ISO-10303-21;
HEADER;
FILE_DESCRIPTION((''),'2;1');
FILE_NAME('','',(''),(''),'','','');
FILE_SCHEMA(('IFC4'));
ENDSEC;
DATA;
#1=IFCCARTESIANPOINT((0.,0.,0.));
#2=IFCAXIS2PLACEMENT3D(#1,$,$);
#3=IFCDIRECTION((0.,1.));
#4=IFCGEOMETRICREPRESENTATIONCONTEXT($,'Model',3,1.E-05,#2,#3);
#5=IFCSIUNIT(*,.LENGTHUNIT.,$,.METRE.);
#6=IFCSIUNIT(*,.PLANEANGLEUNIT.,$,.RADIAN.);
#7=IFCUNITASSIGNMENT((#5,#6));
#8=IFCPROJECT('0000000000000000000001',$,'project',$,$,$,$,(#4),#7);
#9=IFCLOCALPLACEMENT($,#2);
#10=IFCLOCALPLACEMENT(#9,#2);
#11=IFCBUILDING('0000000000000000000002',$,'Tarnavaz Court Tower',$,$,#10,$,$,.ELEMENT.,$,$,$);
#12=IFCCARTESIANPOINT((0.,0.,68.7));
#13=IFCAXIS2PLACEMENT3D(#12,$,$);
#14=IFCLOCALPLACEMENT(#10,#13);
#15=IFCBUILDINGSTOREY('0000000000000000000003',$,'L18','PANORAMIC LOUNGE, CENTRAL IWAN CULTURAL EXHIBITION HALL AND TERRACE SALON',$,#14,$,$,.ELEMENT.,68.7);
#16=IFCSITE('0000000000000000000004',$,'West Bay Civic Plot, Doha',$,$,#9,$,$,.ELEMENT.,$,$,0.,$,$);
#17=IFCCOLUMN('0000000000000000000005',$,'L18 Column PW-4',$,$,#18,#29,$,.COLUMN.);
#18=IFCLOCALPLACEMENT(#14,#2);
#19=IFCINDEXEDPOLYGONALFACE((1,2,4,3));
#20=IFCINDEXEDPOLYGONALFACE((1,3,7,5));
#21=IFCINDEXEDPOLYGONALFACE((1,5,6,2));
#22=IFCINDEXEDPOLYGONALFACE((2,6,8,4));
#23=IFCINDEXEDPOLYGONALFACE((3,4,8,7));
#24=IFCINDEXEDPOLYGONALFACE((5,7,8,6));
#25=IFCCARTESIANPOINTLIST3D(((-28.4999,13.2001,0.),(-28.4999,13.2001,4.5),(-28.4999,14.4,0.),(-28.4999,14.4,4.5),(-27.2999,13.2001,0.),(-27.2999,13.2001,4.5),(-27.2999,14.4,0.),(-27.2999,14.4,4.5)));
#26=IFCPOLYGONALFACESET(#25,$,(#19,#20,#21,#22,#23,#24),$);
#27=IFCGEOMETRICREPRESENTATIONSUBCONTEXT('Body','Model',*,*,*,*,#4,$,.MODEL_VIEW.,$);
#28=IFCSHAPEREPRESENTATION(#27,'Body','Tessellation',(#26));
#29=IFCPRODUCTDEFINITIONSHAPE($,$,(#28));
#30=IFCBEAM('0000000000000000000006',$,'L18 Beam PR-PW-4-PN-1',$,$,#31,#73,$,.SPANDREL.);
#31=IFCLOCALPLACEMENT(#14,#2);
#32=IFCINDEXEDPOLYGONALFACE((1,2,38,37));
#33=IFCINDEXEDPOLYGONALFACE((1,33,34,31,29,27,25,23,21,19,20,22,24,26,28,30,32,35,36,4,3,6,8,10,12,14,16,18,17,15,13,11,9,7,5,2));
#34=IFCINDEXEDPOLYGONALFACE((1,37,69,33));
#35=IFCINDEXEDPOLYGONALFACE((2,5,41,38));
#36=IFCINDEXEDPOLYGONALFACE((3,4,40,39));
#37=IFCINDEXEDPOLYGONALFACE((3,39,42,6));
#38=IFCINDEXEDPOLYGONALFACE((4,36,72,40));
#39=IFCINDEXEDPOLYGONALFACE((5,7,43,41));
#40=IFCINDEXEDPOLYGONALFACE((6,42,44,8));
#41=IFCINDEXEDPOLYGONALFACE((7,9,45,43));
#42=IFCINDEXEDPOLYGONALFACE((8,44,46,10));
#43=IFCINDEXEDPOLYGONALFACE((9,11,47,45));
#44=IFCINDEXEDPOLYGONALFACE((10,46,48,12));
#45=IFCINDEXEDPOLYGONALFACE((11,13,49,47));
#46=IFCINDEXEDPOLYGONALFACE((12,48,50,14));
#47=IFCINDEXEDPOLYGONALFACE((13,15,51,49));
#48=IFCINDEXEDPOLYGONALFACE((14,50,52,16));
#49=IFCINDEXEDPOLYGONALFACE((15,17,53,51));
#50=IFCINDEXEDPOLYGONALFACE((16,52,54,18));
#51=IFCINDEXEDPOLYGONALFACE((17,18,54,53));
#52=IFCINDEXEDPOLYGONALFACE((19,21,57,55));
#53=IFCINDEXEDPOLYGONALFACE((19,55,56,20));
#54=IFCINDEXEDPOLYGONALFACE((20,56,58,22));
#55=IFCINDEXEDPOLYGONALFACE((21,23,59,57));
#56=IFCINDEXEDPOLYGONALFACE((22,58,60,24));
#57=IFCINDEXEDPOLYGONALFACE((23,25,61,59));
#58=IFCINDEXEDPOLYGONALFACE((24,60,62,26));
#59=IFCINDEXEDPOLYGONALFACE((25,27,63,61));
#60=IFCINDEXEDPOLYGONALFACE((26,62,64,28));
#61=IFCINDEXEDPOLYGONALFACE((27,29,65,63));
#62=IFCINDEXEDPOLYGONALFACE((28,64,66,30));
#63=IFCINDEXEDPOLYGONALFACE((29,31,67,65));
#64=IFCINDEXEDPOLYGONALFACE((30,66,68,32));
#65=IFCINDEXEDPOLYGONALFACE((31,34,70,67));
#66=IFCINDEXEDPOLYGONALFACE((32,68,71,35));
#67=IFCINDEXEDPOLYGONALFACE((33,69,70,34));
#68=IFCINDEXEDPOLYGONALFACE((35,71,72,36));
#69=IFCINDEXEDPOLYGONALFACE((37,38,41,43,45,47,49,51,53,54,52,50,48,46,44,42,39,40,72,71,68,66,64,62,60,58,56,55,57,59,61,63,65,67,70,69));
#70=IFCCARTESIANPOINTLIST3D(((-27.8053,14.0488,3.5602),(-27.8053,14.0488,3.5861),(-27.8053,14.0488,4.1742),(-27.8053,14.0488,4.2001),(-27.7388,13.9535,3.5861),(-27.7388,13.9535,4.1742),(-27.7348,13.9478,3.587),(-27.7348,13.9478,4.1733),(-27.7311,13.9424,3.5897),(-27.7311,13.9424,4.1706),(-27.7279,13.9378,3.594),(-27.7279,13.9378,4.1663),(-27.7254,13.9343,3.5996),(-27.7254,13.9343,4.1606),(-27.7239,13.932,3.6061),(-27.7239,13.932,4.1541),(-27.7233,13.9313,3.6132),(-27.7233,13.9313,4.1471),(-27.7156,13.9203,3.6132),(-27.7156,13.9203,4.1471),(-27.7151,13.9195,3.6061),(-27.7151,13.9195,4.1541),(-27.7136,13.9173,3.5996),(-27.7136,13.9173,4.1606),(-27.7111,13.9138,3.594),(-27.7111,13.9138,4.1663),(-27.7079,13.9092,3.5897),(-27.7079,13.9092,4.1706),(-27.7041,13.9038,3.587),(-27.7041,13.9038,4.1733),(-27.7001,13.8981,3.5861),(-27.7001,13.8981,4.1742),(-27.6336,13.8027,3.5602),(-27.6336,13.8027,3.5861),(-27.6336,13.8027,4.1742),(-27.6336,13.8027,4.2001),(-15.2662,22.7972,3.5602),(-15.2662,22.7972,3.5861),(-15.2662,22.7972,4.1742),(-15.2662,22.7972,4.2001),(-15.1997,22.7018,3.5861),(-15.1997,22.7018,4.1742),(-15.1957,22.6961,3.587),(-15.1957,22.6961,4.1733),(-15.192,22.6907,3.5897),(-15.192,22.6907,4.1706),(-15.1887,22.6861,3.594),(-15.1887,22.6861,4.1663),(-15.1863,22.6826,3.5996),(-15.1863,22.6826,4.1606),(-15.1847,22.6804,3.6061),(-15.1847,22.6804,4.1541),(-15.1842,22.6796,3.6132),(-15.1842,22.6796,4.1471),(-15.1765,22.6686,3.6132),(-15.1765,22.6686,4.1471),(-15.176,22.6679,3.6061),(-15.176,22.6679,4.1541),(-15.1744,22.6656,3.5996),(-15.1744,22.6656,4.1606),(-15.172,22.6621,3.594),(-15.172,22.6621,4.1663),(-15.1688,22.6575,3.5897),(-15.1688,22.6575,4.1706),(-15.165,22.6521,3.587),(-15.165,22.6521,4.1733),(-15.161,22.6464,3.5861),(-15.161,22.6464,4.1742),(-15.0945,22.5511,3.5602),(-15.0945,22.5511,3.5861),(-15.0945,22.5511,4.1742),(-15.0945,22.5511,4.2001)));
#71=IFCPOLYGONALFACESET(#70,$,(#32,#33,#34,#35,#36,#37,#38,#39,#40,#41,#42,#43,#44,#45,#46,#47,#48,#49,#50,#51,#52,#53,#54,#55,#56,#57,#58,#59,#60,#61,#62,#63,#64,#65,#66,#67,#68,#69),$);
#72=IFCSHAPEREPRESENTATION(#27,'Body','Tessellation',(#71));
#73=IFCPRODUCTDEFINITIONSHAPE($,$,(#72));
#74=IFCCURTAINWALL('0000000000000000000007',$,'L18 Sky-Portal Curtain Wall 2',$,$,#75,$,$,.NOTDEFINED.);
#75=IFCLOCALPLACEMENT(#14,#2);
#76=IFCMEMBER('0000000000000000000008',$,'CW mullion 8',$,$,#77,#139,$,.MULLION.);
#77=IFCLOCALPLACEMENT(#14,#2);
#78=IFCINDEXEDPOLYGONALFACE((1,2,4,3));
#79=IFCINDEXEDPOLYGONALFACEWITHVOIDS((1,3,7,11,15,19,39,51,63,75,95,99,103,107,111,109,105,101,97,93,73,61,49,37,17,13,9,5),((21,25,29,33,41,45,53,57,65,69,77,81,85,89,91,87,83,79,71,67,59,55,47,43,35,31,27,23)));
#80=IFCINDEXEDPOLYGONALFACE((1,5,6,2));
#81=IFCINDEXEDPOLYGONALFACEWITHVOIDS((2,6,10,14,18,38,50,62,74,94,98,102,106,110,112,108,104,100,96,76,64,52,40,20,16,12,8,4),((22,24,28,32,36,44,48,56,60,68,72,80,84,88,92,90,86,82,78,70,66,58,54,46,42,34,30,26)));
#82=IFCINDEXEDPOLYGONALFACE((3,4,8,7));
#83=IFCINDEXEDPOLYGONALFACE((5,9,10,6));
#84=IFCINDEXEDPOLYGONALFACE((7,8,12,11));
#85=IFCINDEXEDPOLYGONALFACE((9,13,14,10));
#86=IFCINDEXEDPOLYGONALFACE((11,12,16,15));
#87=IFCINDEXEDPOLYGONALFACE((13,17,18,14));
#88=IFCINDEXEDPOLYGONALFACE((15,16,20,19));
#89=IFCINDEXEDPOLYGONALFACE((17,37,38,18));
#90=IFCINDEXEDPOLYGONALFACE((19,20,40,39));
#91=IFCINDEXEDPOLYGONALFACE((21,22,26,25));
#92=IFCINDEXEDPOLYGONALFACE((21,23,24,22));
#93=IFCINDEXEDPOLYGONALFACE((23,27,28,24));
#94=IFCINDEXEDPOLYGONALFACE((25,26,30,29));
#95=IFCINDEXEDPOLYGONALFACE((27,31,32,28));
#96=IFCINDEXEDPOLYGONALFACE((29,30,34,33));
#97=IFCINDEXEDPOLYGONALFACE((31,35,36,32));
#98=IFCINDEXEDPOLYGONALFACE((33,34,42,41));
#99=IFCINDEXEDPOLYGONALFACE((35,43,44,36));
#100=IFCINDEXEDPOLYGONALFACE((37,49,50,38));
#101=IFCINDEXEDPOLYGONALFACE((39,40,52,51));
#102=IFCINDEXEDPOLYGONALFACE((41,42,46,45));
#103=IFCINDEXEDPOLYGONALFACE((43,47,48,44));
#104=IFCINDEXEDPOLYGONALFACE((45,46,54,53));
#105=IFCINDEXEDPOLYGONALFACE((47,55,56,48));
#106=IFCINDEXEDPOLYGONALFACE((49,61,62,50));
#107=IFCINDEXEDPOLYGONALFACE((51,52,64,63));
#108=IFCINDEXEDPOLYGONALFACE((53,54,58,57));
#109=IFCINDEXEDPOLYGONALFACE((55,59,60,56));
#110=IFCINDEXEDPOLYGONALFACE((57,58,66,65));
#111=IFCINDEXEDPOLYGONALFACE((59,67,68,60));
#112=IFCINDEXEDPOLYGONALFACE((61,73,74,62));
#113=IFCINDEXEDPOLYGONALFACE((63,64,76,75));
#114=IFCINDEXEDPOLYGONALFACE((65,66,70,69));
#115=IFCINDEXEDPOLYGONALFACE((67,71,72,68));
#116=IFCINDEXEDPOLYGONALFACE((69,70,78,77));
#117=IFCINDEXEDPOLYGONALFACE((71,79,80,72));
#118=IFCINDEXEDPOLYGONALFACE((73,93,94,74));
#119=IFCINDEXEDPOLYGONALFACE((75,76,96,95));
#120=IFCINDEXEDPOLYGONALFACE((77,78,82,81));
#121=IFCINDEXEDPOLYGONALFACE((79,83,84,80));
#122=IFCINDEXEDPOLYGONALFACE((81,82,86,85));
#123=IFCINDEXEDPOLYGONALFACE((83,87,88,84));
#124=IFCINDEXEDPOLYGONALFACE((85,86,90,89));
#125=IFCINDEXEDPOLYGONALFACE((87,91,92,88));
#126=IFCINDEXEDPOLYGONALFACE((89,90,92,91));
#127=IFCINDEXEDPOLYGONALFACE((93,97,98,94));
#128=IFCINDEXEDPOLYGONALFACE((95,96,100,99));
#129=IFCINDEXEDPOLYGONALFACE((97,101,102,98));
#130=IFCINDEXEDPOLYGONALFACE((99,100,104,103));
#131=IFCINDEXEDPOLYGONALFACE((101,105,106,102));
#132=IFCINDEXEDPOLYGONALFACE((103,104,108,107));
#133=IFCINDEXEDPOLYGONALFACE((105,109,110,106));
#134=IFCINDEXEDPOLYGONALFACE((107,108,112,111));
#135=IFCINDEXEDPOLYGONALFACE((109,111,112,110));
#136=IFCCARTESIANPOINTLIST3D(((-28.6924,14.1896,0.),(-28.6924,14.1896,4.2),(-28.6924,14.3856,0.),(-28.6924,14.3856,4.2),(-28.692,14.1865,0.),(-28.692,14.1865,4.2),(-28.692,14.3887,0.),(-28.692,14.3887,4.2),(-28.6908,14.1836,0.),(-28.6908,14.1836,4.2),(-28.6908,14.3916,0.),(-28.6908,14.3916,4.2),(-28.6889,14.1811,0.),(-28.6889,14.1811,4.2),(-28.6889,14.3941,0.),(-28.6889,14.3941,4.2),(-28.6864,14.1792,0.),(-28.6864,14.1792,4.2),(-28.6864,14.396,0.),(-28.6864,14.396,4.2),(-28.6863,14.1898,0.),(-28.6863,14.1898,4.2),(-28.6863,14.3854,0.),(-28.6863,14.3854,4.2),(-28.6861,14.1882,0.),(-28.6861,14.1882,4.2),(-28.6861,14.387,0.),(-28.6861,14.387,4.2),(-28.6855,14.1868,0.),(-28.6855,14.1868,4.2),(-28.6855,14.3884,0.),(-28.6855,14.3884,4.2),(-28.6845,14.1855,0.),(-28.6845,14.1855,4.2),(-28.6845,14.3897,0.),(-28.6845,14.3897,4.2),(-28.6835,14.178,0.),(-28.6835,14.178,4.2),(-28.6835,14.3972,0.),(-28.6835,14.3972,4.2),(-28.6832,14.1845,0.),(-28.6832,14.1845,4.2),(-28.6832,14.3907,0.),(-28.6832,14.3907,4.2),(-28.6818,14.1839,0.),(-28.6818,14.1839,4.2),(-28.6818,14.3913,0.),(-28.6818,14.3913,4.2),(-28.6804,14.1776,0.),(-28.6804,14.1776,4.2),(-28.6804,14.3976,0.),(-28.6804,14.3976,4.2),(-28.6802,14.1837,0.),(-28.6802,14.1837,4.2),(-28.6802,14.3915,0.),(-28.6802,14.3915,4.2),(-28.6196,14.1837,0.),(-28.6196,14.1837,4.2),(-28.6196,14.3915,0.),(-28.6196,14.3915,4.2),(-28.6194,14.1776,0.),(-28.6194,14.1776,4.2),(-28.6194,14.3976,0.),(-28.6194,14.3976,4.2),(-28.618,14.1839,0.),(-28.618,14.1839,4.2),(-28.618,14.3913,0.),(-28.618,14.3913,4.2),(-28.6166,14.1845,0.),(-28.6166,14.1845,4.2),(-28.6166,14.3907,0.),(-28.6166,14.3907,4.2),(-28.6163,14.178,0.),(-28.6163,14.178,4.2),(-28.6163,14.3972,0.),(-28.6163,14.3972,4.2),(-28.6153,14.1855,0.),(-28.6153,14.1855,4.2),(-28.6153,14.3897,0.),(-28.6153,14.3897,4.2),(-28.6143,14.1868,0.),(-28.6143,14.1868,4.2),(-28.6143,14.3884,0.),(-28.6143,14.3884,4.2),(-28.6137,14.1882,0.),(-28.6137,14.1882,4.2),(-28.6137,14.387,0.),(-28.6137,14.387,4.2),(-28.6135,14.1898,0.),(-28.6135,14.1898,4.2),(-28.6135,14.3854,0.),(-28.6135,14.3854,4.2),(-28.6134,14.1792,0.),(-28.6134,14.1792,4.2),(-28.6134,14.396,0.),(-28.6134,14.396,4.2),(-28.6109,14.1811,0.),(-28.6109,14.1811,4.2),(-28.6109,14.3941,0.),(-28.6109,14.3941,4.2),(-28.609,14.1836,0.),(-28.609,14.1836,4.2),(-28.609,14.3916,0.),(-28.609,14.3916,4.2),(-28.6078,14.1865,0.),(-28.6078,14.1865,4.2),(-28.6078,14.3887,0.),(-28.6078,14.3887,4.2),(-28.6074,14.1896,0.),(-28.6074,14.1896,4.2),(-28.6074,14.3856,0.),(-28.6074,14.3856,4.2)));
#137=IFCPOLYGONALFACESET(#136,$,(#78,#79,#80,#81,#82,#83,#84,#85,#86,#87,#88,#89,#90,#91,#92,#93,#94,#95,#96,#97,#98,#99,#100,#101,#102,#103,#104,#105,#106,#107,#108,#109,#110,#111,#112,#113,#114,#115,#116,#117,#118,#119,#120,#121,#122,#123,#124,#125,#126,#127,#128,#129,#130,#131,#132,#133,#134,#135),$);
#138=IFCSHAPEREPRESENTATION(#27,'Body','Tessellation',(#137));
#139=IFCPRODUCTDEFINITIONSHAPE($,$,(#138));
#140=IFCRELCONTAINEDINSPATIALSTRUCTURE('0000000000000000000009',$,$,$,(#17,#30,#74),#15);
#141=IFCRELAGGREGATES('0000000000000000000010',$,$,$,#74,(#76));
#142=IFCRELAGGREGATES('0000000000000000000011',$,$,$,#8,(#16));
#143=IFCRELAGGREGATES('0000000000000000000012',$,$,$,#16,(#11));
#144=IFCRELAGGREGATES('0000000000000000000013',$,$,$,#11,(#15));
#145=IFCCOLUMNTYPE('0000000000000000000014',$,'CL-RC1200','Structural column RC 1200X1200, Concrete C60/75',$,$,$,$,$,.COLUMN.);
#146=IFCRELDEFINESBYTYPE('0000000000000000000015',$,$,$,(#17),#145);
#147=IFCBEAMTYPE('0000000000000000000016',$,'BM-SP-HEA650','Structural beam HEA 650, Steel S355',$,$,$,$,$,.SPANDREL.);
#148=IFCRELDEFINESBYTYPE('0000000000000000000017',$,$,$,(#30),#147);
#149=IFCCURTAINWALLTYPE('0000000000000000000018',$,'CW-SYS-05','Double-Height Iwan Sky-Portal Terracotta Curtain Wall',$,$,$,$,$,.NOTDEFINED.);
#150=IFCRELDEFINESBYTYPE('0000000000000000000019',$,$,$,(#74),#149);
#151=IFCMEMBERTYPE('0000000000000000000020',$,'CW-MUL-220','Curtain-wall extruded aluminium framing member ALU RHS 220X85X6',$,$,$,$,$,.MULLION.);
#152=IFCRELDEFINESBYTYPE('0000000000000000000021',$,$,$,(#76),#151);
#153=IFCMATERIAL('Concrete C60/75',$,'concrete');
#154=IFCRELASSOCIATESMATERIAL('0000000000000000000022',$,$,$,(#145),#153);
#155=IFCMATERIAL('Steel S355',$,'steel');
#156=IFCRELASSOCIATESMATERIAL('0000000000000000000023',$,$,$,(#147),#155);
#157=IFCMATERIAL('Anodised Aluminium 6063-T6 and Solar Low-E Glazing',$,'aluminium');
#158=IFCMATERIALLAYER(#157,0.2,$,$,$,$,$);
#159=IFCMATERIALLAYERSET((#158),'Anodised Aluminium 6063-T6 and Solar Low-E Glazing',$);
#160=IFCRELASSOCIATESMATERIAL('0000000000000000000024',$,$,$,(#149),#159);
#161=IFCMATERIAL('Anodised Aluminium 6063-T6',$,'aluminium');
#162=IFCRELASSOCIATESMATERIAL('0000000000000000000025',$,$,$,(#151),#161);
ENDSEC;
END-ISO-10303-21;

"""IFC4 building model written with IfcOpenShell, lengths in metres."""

from ifc_helpers import new_model, si_unit, direction, frame, origin, origin_2d, place, context, subcontext, project, spatial, rectangle, hollow_rectangle, i_section, extrude, material, layer, layer_set, material_profile, profile_set, type_object, element, aggregate, save


model = new_model("IFC4")

# Units and contexts
model_context = context("Model", 3, precision=1e-05, world=origin(), true_north=direction((0.0, 1.0)))
body_context = subcontext(model_context, "Body", "Model", "MODEL_VIEW")
ifc_project = project(units=[si_unit("LENGTHUNIT", "METRE"), si_unit("PLANEANGLEUNIT", "RADIAN")], contexts=[model_context])

# Site, building, storey
site_placement = place(None, origin())
site = spatial("IfcSite", under=ifc_project, at=site_placement, Name="West Bay Civic Plot, Doha", CompositionType="ELEMENT", RefElevation=0.0)
building_placement = place(site_placement, origin())
building = spatial("IfcBuilding", under=site, at=building_placement, Name="Tarnavaz Court Tower", CompositionType="ELEMENT")
storey_placement = place(building_placement, frame((0.0, 0.0, 68.7)))
storey = spatial("IfcBuildingStorey", under=building, at=storey_placement, Name="L18", Description="PANORAMIC LOUNGE, CENTRAL IWAN CULTURAL EXHIBITION HALL AND TERRACE SALON", CompositionType="ELEMENT", Elevation=68.7)

# Column
ifc_material_1 = material(Name="Concrete C60/75", Category="concrete")
ifc_material_profile_1 = material_profile(ifc_material_1, rectangle(XDim=1.2, YDim=1.2, at=origin_2d()), Name="RC 1200X1200")
ifc_profile_set_1 = profile_set([ifc_material_profile_1], Name="Concrete C60/75")
column_type = type_object("IfcColumnType", Name="CL-RC1200", Description="Structural column RC 1200X1200, Concrete C60/75", PredefinedType="COLUMN", material=ifc_profile_set_1)
column_placement = place(storey_placement, frame((-27.8999, 13.8, 0.0), z_axis=(0.0, 0.0, 1.0), x_axis=(1.0, 0.0, 0.0)))
element("IfcColumn", 1, at=column_placement, inside=storey, type_object=column_type, Name="L18 Column PW-4", PredefinedType="COLUMN", context=body_context, shape_type="SweptSolid", body=[
    extrude(rectangle(XDim=1.2, YDim=1.2, at=origin_2d()), origin(), (0.0, 0.0, 1.0), 4.5),
])

# Beam
ifc_material_2 = material(Name="Steel S355", Category="steel")
ifc_material_profile_2 = material_profile(ifc_material_2, i_section(OverallWidth=0.3, OverallDepth=0.6399, WebThickness=0.0134, FlangeThickness=0.0259, FilletRadius=0.0271, at=origin_2d()), Name="HEA 650")
ifc_profile_set_2 = profile_set([ifc_material_profile_2], Name="Steel S355")
beam_type = type_object("IfcBeamType", Name="BM-SP-HEA650", Description="Structural beam HEA 650, Steel S355", PredefinedType="SPANDREL", material=ifc_profile_set_2)
beam_placement = place(storey_placement, frame((-27.7195, 13.9258, 3.8801), z_axis=(0.820124, 0.572186, 0.0), x_axis=(-0.572186, 0.820124, 0.0)))
element("IfcBeam", 2, at=beam_placement, inside=storey, type_object=beam_type, Name="L18 Beam PR-PW-4-PN-1", PredefinedType="SPANDREL", context=body_context, shape_type="SweptSolid", body=[
    extrude(i_section(OverallWidth=0.3, OverallDepth=0.6399, WebThickness=0.0134, FlangeThickness=0.0259, FilletRadius=0.0271, at=origin_2d()), origin(), (0.0, 0.0, 1.0), 15.2893),
])

# Curtain wall, member
ifc_material_3 = material(Name="Anodised Aluminium 6063-T6 and Solar Low-E Glazing", Category="aluminium")
ifc_layer_1 = layer(ifc_material_3, 0.2)
ifc_layer_set_1 = layer_set([ifc_layer_1], Name="Anodised Aluminium 6063-T6 and Solar Low-E Glazing")
curtain_wall_type = type_object("IfcCurtainWallType", Name="CW-SYS-05", Description="Double-Height Iwan Sky-Portal Terracotta Curtain Wall", PredefinedType="NOTDEFINED", material=ifc_layer_set_1)
curtain_wall_placement = place(storey_placement, origin())
curtain_wall = element("IfcCurtainWall", 3, at=curtain_wall_placement, inside=storey, type_object=curtain_wall_type, Name="L18 Sky-Portal Curtain Wall 2", PredefinedType="NOTDEFINED")
ifc_material_4 = material(Name="Anodised Aluminium 6063-T6", Category="aluminium")
ifc_material_profile_3 = material_profile(ifc_material_4, hollow_rectangle(XDim=0.085, YDim=0.22, WallThickness=0.0061, InnerFilletRadius=0.0061, OuterFilletRadius=0.012, at=origin_2d()), Name="ALU RHS 220X85X6")
ifc_profile_set_3 = profile_set([ifc_material_profile_3], Name="Anodised Aluminium 6063-T6")
member_type_1 = type_object("IfcMemberType", Name="CW-MUL-220", Description="Curtain-wall extruded aluminium framing member ALU RHS 220X85X6", PredefinedType="MULLION", material=ifc_profile_set_3)
member_1_placement = place(storey_placement, frame((-28.6499, 14.2876, 0.0), z_axis=(0.0, 0.0, 1.0), x_axis=(-1.0, 0.0, 0.0)))
member_1 = element("IfcMember", 4, at=member_1_placement, type_object=member_type_1, Name="CW mullion 8", PredefinedType="MULLION", context=body_context, shape_type="SweptSolid", body=[
    extrude(hollow_rectangle(XDim=0.085, YDim=0.22, WallThickness=0.0061, InnerFilletRadius=0.0061, OuterFilletRadius=0.012, at=origin_2d()), origin(), (0.0, 0.0, 1.0), 4.2),
])
aggregate(curtain_wall, [member_1])

save(model, "model.ifc")
